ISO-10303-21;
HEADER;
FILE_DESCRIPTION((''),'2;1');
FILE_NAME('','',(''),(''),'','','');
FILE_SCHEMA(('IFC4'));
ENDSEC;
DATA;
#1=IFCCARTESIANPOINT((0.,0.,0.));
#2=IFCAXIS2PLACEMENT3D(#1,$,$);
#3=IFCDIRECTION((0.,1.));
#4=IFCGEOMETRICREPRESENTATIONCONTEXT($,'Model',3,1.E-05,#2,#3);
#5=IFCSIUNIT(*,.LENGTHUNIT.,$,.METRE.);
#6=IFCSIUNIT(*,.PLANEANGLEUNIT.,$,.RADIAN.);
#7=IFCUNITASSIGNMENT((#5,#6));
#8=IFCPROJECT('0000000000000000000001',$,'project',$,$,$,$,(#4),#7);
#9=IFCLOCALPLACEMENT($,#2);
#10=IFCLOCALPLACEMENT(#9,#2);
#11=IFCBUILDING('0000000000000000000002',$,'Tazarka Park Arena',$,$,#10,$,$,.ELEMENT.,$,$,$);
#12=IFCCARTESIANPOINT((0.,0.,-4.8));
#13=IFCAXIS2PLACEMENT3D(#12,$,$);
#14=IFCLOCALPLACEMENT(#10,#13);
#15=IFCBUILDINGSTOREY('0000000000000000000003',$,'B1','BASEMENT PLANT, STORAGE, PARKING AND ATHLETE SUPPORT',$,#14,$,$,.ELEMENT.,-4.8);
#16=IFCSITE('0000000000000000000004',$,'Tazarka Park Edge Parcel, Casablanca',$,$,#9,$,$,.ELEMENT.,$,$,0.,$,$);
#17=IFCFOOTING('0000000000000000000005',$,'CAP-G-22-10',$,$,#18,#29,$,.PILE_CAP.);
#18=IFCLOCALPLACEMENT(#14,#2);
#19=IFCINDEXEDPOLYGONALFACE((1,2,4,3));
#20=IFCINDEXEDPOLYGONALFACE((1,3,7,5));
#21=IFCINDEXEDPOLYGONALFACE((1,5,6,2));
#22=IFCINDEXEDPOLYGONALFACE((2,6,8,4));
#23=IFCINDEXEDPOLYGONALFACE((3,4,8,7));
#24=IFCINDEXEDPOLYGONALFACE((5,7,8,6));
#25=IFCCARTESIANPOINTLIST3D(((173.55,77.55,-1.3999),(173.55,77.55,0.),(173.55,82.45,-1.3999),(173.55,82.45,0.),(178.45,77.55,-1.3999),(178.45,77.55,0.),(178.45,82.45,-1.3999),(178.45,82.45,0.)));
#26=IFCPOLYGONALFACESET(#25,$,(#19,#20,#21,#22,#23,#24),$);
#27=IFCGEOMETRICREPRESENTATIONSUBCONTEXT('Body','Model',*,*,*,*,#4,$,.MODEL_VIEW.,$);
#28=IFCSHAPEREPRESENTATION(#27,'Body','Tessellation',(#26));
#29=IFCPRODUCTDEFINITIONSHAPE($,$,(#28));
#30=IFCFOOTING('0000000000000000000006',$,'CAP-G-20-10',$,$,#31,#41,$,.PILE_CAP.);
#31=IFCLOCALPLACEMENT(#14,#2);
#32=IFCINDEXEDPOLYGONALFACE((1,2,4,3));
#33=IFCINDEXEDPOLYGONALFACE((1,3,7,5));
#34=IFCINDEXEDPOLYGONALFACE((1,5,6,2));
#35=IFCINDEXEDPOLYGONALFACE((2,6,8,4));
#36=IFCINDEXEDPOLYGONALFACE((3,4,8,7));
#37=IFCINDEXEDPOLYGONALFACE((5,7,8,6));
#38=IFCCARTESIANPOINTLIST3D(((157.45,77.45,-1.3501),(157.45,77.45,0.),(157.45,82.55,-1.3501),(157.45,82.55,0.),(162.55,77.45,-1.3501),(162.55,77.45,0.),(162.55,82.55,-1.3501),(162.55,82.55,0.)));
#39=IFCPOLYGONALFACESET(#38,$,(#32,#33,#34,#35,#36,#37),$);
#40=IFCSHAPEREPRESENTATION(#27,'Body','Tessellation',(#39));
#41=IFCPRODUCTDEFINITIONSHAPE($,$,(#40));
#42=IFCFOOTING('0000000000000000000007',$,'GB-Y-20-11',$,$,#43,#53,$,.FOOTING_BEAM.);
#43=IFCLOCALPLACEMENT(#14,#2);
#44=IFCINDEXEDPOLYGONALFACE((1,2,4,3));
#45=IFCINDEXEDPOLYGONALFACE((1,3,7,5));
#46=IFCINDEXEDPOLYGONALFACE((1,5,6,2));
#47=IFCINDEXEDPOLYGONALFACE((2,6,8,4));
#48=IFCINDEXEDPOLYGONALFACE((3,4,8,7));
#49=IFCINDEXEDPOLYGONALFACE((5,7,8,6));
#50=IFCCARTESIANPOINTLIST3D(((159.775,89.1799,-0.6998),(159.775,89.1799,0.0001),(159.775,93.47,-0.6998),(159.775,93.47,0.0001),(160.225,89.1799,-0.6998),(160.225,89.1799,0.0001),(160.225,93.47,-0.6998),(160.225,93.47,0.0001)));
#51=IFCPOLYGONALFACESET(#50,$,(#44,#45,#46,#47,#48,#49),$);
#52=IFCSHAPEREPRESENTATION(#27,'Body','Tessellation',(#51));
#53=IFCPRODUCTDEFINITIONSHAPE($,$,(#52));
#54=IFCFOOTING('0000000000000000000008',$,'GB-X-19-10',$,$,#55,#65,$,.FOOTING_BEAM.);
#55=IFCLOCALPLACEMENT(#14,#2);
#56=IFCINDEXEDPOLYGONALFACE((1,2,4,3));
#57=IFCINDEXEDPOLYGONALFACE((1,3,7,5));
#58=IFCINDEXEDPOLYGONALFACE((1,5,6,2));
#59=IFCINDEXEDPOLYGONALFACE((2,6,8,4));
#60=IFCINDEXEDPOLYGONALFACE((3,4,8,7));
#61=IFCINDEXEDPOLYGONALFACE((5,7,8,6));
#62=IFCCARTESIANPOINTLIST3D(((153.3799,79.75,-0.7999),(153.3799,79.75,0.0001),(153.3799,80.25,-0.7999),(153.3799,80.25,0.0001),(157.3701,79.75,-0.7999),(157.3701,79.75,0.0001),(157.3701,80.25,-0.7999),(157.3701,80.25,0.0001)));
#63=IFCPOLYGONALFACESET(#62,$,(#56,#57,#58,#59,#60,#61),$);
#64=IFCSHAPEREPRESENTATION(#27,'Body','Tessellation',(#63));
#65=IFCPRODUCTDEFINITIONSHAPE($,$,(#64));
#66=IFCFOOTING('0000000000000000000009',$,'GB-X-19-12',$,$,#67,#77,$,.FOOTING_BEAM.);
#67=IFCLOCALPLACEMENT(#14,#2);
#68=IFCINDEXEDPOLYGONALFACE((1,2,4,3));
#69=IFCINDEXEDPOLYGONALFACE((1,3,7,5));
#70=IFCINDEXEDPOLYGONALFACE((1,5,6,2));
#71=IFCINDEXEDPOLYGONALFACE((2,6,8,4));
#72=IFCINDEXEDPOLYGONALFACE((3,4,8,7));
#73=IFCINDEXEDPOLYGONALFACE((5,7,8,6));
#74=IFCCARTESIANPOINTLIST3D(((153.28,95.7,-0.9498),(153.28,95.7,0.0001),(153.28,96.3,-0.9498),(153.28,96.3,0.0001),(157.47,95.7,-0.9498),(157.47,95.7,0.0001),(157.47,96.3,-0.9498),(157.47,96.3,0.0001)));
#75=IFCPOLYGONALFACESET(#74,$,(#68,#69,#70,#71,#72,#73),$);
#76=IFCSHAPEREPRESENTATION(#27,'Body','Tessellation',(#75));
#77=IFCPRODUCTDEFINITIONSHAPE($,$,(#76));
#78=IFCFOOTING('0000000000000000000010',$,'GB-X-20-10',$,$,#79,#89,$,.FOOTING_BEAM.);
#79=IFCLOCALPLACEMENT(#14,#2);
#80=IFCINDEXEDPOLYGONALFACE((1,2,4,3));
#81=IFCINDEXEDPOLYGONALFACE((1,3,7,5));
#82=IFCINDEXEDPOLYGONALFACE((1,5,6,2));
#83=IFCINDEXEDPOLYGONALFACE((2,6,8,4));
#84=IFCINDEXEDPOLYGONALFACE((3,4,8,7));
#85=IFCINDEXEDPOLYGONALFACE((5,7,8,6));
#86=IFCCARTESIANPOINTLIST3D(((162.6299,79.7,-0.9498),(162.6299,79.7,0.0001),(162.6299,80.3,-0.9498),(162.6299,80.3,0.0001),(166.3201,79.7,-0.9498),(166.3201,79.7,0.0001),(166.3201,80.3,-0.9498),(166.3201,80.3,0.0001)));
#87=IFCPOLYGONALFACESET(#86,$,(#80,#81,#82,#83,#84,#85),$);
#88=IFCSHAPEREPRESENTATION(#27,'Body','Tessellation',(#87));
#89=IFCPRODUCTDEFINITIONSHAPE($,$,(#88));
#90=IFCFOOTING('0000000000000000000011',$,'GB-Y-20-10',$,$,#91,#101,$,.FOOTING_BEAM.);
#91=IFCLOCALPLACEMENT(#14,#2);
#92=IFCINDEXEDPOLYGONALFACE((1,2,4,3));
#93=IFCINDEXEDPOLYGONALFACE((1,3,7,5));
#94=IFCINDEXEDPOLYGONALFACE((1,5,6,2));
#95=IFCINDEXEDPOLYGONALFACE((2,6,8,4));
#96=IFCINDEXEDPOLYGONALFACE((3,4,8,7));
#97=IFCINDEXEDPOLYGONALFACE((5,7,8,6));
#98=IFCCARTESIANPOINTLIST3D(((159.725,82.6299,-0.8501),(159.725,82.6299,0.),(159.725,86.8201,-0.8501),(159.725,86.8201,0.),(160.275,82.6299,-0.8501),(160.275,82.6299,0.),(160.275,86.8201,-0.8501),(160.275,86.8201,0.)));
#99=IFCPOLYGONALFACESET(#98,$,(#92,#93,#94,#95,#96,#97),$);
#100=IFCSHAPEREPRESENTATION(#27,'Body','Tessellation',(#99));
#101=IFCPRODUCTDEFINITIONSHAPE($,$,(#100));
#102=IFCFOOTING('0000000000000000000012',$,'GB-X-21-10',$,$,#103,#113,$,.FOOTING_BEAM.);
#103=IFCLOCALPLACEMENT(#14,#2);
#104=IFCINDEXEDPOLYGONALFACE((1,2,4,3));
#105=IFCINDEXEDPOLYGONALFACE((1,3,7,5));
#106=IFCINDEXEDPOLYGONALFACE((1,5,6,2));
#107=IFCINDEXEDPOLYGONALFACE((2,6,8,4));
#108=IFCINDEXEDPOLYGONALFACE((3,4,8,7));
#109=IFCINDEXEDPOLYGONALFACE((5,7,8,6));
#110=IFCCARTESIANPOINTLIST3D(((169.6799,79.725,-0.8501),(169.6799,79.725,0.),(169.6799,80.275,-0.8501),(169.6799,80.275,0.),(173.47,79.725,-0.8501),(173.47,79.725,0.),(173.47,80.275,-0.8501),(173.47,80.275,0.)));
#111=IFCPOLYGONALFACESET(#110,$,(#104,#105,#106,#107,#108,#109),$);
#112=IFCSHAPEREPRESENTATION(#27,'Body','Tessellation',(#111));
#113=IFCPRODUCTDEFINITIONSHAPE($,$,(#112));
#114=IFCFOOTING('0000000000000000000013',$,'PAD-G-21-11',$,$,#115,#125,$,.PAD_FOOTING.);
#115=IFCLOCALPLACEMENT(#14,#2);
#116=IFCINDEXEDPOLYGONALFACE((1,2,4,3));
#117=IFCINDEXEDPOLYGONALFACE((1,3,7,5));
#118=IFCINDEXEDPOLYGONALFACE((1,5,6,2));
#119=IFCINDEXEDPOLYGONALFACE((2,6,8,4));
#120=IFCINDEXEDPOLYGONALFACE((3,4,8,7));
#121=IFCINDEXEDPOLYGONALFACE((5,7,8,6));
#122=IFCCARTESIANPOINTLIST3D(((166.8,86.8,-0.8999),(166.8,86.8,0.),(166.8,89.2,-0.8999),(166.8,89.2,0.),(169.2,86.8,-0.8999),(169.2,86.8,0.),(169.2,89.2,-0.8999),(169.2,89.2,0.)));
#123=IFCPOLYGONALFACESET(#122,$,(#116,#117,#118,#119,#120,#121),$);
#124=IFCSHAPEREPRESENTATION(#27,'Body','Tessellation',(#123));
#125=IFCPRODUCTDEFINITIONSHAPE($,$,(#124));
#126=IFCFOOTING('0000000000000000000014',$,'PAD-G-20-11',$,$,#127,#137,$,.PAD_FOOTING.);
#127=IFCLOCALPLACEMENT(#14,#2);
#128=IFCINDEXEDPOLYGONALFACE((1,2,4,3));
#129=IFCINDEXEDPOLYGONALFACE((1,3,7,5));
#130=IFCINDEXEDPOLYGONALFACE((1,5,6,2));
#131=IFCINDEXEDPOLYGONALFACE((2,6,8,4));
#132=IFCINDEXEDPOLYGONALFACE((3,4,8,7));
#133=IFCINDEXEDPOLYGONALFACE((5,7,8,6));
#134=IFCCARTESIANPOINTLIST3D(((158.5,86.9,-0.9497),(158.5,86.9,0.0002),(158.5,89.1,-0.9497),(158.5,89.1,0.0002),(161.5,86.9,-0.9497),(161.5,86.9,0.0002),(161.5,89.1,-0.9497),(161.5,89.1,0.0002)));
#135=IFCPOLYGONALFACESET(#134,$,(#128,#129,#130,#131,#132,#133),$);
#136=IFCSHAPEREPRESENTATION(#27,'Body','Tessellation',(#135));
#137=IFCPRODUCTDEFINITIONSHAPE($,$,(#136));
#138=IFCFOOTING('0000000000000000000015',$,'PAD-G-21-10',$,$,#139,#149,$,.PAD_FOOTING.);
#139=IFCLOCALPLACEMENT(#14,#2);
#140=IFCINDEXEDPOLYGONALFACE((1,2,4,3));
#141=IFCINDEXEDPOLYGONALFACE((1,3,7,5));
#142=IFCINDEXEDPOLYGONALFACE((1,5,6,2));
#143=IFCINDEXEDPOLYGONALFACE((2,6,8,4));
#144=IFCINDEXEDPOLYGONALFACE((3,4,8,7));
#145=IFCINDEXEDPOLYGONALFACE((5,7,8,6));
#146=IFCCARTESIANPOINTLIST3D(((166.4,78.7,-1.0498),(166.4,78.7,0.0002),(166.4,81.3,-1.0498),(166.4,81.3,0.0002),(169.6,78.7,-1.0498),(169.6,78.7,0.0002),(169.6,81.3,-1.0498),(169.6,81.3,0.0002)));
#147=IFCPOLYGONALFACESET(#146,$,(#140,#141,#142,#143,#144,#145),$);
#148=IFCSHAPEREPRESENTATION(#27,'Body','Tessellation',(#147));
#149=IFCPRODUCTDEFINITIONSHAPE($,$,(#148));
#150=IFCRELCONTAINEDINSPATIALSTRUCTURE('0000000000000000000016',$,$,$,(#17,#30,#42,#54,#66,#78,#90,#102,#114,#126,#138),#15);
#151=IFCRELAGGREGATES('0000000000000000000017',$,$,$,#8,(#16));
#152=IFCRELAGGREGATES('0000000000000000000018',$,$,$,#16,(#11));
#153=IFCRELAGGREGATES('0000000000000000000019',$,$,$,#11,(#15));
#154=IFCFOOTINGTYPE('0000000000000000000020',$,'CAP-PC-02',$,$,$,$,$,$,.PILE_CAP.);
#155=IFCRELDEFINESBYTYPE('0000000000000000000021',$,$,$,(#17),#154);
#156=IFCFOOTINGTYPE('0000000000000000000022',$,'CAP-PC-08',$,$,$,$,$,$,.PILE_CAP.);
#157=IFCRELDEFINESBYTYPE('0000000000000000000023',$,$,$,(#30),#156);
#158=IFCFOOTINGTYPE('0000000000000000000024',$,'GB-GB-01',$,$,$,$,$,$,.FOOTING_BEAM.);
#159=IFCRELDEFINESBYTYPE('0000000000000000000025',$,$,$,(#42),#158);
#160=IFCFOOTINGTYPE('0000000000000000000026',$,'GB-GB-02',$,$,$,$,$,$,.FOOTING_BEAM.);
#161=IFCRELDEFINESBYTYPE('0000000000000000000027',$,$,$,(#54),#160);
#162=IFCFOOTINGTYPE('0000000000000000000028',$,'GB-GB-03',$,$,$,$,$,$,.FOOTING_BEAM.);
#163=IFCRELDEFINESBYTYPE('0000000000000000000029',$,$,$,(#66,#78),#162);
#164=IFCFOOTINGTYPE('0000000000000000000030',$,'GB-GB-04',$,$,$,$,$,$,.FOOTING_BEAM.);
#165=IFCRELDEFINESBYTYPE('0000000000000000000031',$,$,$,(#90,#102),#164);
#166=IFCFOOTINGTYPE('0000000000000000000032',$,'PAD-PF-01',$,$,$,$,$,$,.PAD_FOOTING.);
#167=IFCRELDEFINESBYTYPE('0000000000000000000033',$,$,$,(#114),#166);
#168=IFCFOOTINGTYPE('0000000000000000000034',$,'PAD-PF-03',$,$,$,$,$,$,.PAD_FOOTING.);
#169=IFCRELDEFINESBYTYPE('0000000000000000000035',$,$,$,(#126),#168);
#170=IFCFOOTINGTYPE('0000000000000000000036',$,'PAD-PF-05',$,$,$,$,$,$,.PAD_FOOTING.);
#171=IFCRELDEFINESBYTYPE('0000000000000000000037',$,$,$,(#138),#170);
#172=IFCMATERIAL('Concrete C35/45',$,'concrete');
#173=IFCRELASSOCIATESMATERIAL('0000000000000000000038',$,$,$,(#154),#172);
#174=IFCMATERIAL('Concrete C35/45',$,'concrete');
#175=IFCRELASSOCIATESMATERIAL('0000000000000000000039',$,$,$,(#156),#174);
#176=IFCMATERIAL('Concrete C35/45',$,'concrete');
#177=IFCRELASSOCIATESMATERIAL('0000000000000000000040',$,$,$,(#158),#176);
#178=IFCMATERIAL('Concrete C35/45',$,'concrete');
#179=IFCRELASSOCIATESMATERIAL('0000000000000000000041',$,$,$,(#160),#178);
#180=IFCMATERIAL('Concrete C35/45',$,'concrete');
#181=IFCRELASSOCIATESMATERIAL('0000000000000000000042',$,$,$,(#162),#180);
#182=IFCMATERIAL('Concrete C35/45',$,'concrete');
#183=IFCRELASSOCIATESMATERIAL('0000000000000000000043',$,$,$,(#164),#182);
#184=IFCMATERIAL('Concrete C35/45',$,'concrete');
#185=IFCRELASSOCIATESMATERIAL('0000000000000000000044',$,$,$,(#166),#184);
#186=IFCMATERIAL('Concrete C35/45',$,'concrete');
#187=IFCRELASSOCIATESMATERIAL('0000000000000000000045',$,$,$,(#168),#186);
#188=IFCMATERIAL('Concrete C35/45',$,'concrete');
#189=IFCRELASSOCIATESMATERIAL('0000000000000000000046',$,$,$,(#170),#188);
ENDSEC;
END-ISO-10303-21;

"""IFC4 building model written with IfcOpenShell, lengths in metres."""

from ifc_helpers import new_model, si_unit, direction, frame, origin, origin_2d, place, context, subcontext, project, spatial, rectangle, extrude, material, material_profile, profile_set, type_object, element, save


model = new_model("IFC4")

# Units and contexts
model_context = context("Model", 3, precision=1e-05, world=origin(), true_north=direction((0.0, 1.0)))
body_context = subcontext(model_context, "Body", "Model", "MODEL_VIEW")
ifc_project = project(units=[si_unit("LENGTHUNIT", "METRE"), si_unit("PLANEANGLEUNIT", "RADIAN")], contexts=[model_context])

# Site, building, storey
site_placement = place(None, origin())
site = spatial("IfcSite", under=ifc_project, at=site_placement, Name="Tazarka Park Edge Parcel, Casablanca", CompositionType="ELEMENT", RefElevation=0.0)
building_placement = place(site_placement, origin())
building = spatial("IfcBuilding", under=site, at=building_placement, Name="Tazarka Park Arena", CompositionType="ELEMENT")
storey_placement = place(building_placement, frame((0.0, 0.0, -4.8)))
storey = spatial("IfcBuildingStorey", under=building, at=storey_placement, Name="B1", Description="BASEMENT PLANT, STORAGE, PARKING AND ATHLETE SUPPORT", CompositionType="ELEMENT", Elevation=-4.8)

# Footings
ifc_material_1 = material(Name="Concrete C35/45", Category="concrete")
footing_type_1 = type_object("IfcFootingType", Name="CAP-PC-02", PredefinedType="PILE_CAP", material=ifc_material_1)
footing_1_placement = place(storey_placement, frame((176.0, 80.0, -1.3999), z_axis=(0.0, 0.0, 1.0), x_axis=(1.0, 0.0, 0.0)))
element("IfcFooting", 1, at=footing_1_placement, inside=storey, type_object=footing_type_1, Name="CAP-G-22-10", PredefinedType="PILE_CAP", context=body_context, shape_type="SweptSolid", body=[
    extrude(rectangle(XDim=4.8999, YDim=4.8999, at=origin_2d()), origin(), (0.0, 0.0, 1.0), 1.3999),
])
ifc_material_2 = material(Name="Concrete C35/45", Category="concrete")
footing_type_2 = type_object("IfcFootingType", Name="CAP-PC-08", PredefinedType="PILE_CAP", material=ifc_material_2)
footing_2_placement = place(storey_placement, frame((160.0, 80.0, -1.3501), z_axis=(0.0, 0.0, 1.0), x_axis=(1.0, 0.0, 0.0)))
element("IfcFooting", 2, at=footing_2_placement, inside=storey, type_object=footing_type_2, Name="CAP-G-20-10", PredefinedType="PILE_CAP", context=body_context, shape_type="SweptSolid", body=[
    extrude(rectangle(XDim=5.1001, YDim=5.1001, at=origin_2d()), origin(), (0.0, 0.0, 1.0), 1.3501),
])
ifc_material_3 = material(Name="Concrete C35/45", Category="concrete")
ifc_material_profile_1 = material_profile(ifc_material_3, rectangle(XDim=0.45, YDim=0.7, at=origin_2d()), Name="Concrete C35/45")
ifc_profile_set_1 = profile_set([ifc_material_profile_1], Name="Concrete C35/45")
footing_type_3 = type_object("IfcFootingType", Name="GB-GB-01", PredefinedType="FOOTING_BEAM", material=ifc_profile_set_1)
footing_3_placement = place(storey_placement, frame((160.0, 89.1799, -0.3499), z_axis=(0.0, 1.0, 0.0), x_axis=(-1.0, 0.0, 0.0)))
element("IfcFooting", 3, at=footing_3_placement, inside=storey, type_object=footing_type_3, Name="GB-Y-20-11", PredefinedType="FOOTING_BEAM", context=body_context, shape_type="SweptSolid", body=[
    extrude(rectangle(XDim=0.45, YDim=0.7, at=origin_2d()), origin(), (0.0, 0.0, 1.0), 4.29),
])
ifc_material_4 = material(Name="Concrete C35/45", Category="concrete")
ifc_material_profile_2 = material_profile(ifc_material_4, rectangle(XDim=0.5, YDim=0.8, at=origin_2d()), Name="Concrete C35/45")
ifc_profile_set_2 = profile_set([ifc_material_profile_2], Name="Concrete C35/45")
footing_type_4 = type_object("IfcFootingType", Name="GB-GB-02", PredefinedType="FOOTING_BEAM", material=ifc_profile_set_2)
footing_4_placement = place(storey_placement, frame((153.3799, 80.0, -0.3999), z_axis=(1.0, 0.0, 0.0), x_axis=(0.0, 1.0, 0.0)))
element("IfcFooting", 4, at=footing_4_placement, inside=storey, type_object=footing_type_4, Name="GB-X-19-10", PredefinedType="FOOTING_BEAM", context=body_context, shape_type="SweptSolid", body=[
    extrude(rectangle(XDim=0.5, YDim=0.8, at=origin_2d()), origin(), (0.0, 0.0, 1.0), 3.9902),
])
ifc_material_5 = material(Name="Concrete C35/45", Category="concrete")
ifc_material_profile_3 = material_profile(ifc_material_5, rectangle(XDim=0.6001, YDim=0.95, at=origin_2d()), Name="Concrete C35/45")
ifc_profile_set_3 = profile_set([ifc_material_profile_3], Name="Concrete C35/45")
footing_type_5 = type_object("IfcFootingType", Name="GB-GB-03", PredefinedType="FOOTING_BEAM", material=ifc_profile_set_3)
footing_5_placement = place(storey_placement, frame((153.28, 96.0, -0.4749), z_axis=(1.0, 0.0, 0.0), x_axis=(0.0, 1.0, 0.0)))
element("IfcFooting", 5, at=footing_5_placement, inside=storey, type_object=footing_type_5, Name="GB-X-19-12", PredefinedType="FOOTING_BEAM", context=body_context, shape_type="SweptSolid", body=[
    extrude(rectangle(XDim=0.6001, YDim=0.95, at=origin_2d()), origin(), (0.0, 0.0, 1.0), 4.1899),
])
footing_6_placement = place(storey_placement, frame((162.6299, 80.0, -0.4749), z_axis=(1.0, 0.0, 0.0), x_axis=(0.0, 1.0, 0.0)))
element("IfcFooting", 6, at=footing_6_placement, inside=storey, type_object=footing_type_5, Name="GB-X-20-10", PredefinedType="FOOTING_BEAM", context=body_context, shape_type="SweptSolid", body=[
    extrude(rectangle(XDim=0.6001, YDim=0.95, at=origin_2d()), origin(), (0.0, 0.0, 1.0), 3.6902),
])
ifc_material_6 = material(Name="Concrete C35/45", Category="concrete")
ifc_material_profile_4 = material_profile(ifc_material_6, rectangle(XDim=0.55, YDim=0.8501, at=origin_2d()), Name="Concrete C35/45")
ifc_profile_set_4 = profile_set([ifc_material_profile_4], Name="Concrete C35/45")
footing_type_6 = type_object("IfcFootingType", Name="GB-GB-04", PredefinedType="FOOTING_BEAM", material=ifc_profile_set_4)
footing_7_placement = place(storey_placement, frame((160.0, 82.6299, -0.425), z_axis=(0.0, 1.0, 0.0), x_axis=(-1.0, 0.0, 0.0)))
element("IfcFooting", 7, at=footing_7_placement, inside=storey, type_object=footing_type_6, Name="GB-Y-20-10", PredefinedType="FOOTING_BEAM", context=body_context, shape_type="SweptSolid", body=[
    extrude(rectangle(XDim=0.55, YDim=0.8501, at=origin_2d()), origin(), (0.0, 0.0, 1.0), 4.1902),
])
footing_8_placement = place(storey_placement, frame((169.6799, 80.0, -0.425), z_axis=(1.0, 0.0, 0.0), x_axis=(0.0, 1.0, 0.0)))
element("IfcFooting", 8, at=footing_8_placement, inside=storey, type_object=footing_type_6, Name="GB-X-21-10", PredefinedType="FOOTING_BEAM", context=body_context, shape_type="SweptSolid", body=[
    extrude(rectangle(XDim=0.55, YDim=0.8501, at=origin_2d()), origin(), (0.0, 0.0, 1.0), 3.79),
])
ifc_material_7 = material(Name="Concrete C35/45", Category="concrete")
footing_type_7 = type_object("IfcFootingType", Name="PAD-PF-01", PredefinedType="PAD_FOOTING", material=ifc_material_7)
footing_9_placement = place(storey_placement, frame((168.0, 88.0, -0.8999), z_axis=(0.0, 0.0, 1.0), x_axis=(1.0, 0.0, 0.0)))
element("IfcFooting", 9, at=footing_9_placement, inside=storey, type_object=footing_type_7, Name="PAD-G-21-11", PredefinedType="PAD_FOOTING", context=body_context, shape_type="SweptSolid", body=[
    extrude(rectangle(XDim=2.3999, YDim=2.3999, at=origin_2d()), origin(), (0.0, 0.0, 1.0), 0.8999),
])
ifc_material_8 = material(Name="Concrete C35/45", Category="concrete")
footing_type_8 = type_object("IfcFootingType", Name="PAD-PF-03", PredefinedType="PAD_FOOTING", material=ifc_material_8)
footing_10_placement = place(storey_placement, frame((160.0, 88.0, -0.9497), z_axis=(0.0, 0.0, 1.0), x_axis=(1.0, 0.0, 0.0)))
element("IfcFooting", 10, at=footing_10_placement, inside=storey, type_object=footing_type_8, Name="PAD-G-20-11", PredefinedType="PAD_FOOTING", context=body_context, shape_type="SweptSolid", body=[
    extrude(rectangle(XDim=3.0, YDim=2.2, at=origin_2d()), origin(), (0.0, 0.0, 1.0), 0.95),
])
ifc_material_9 = material(Name="Concrete C35/45", Category="concrete")
footing_type_9 = type_object("IfcFootingType", Name="PAD-PF-05", PredefinedType="PAD_FOOTING", material=ifc_material_9)
footing_11_placement = place(storey_placement, frame((168.0, 80.0, -1.0498), z_axis=(0.0, 0.0, 1.0), x_axis=(1.0, 0.0, 0.0)))
element("IfcFooting", 11, at=footing_11_placement, inside=storey, type_object=footing_type_9, Name="PAD-G-21-10", PredefinedType="PAD_FOOTING", context=body_context, shape_type="SweptSolid", body=[
    extrude(rectangle(XDim=3.2, YDim=2.6001, at=origin_2d()), origin(), (0.0, 0.0, 1.0), 1.05),
])

save(model, "model.ifc")
